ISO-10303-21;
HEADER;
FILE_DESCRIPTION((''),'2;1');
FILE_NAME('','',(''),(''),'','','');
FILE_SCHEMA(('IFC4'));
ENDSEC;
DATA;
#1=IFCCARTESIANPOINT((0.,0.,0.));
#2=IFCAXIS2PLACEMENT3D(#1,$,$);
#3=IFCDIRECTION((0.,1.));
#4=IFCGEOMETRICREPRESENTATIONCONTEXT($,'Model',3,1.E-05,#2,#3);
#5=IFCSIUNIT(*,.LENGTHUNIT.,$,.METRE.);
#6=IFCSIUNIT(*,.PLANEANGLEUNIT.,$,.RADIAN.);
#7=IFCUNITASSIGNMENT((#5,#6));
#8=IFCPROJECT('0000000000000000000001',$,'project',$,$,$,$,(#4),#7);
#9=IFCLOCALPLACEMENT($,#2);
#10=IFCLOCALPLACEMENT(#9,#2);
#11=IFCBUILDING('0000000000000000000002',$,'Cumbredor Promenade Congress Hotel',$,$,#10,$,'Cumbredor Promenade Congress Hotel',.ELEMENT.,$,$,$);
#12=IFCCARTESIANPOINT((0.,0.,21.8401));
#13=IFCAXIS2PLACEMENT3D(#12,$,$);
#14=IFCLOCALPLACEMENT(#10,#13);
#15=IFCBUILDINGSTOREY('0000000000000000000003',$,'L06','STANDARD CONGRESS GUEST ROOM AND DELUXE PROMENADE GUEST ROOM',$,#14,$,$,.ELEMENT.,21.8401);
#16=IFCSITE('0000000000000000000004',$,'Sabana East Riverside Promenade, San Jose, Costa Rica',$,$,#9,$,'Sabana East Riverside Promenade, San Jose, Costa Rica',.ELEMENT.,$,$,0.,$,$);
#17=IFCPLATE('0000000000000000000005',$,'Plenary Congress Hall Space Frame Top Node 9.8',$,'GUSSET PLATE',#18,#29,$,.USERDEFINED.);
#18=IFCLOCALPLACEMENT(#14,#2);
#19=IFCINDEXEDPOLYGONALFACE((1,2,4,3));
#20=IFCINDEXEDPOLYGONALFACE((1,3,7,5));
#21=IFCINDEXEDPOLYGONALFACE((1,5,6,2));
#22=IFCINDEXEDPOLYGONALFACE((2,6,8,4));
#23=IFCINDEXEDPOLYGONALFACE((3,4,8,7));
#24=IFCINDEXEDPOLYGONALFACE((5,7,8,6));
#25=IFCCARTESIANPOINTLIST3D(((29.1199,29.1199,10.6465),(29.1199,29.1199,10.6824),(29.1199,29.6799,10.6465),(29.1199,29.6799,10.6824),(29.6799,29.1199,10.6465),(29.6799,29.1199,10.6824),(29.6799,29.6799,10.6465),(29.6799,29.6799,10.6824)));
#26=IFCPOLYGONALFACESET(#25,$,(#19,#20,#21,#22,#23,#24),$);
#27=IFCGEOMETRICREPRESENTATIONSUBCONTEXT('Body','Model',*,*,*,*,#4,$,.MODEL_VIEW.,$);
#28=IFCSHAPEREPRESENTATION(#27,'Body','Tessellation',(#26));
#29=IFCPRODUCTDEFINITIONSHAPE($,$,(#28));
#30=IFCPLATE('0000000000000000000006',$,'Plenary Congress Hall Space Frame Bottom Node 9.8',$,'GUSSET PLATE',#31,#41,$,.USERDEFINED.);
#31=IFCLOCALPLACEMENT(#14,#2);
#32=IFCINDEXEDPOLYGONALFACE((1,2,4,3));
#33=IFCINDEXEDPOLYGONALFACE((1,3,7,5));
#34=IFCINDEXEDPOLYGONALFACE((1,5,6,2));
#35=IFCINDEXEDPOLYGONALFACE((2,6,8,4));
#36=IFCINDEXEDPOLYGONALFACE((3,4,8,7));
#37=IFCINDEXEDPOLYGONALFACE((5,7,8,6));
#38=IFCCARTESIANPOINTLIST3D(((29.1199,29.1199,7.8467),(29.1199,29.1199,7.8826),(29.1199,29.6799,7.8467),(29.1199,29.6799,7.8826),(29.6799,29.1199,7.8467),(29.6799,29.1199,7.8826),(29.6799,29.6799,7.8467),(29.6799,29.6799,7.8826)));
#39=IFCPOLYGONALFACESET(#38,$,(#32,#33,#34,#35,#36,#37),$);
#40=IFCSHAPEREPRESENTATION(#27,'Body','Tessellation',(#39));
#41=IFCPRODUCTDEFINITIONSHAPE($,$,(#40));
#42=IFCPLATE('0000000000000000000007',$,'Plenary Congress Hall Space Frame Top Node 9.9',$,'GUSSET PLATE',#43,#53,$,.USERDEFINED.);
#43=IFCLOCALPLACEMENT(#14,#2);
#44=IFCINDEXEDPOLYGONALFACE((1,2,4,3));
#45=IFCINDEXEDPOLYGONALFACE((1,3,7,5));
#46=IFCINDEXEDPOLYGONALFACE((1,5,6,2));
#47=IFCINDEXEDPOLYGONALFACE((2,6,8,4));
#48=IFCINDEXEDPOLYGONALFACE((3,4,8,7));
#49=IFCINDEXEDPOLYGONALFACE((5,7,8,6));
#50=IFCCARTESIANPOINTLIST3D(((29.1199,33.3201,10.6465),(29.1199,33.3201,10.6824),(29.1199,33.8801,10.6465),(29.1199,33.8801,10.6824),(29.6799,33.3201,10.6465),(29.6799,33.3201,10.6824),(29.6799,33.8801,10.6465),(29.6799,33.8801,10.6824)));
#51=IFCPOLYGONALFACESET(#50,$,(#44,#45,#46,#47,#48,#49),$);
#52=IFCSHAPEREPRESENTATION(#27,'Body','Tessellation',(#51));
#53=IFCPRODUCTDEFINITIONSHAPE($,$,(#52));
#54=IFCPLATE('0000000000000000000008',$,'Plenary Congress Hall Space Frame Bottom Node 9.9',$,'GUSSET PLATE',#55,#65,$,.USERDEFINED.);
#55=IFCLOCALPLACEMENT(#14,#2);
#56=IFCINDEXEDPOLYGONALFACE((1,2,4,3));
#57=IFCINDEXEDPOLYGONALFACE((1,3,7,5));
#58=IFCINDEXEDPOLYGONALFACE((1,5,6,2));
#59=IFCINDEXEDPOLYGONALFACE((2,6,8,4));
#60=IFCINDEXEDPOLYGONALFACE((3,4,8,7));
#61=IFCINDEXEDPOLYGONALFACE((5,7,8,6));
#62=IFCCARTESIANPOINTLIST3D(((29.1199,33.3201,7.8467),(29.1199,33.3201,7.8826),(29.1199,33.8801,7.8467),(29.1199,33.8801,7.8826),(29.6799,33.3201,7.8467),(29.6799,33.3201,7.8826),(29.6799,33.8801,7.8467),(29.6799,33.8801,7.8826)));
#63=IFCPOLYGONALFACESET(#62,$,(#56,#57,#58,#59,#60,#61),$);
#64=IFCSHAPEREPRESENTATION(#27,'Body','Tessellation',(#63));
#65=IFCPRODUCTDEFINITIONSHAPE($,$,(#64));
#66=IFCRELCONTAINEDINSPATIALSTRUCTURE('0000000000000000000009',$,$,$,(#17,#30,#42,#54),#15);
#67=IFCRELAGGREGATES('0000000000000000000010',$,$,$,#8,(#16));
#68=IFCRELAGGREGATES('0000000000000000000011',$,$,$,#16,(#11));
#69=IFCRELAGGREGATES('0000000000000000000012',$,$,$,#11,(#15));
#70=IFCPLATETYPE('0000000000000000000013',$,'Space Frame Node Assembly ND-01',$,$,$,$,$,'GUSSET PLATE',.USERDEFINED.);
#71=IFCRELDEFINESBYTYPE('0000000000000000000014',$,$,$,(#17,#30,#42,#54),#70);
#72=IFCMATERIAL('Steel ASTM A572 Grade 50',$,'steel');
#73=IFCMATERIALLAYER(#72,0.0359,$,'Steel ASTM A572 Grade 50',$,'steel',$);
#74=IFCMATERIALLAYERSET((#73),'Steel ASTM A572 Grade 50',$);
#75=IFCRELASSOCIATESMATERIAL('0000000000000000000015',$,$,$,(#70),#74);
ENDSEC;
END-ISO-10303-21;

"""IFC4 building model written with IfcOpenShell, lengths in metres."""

from ifc_helpers import new_model, si_unit, direction, frame, origin, origin_2d, place, context, subcontext, project, spatial, rectangle, extrude, material, layer, layer_set, type_object, element, save


model = new_model("IFC4")

# Units and contexts
model_context = context("Model", 3, precision=1e-05, world=origin(), true_north=direction((0.0, 1.0)))
body_context = subcontext(model_context, "Body", "Model", "MODEL_VIEW")
ifc_project = project(units=[si_unit("LENGTHUNIT", "METRE"), si_unit("PLANEANGLEUNIT", "RADIAN")], contexts=[model_context])

# Site, building, storey
site_placement = place(None, origin())
site = spatial("IfcSite", under=ifc_project, at=site_placement, Name="Sabana East Riverside Promenade, San Jose, Costa Rica", LongName="Sabana East Riverside Promenade, San Jose, Costa Rica", CompositionType="ELEMENT", RefElevation=0.0)
building_placement = place(site_placement, origin())
building = spatial("IfcBuilding", under=site, at=building_placement, Name="Cumbredor Promenade Congress Hotel", LongName="Cumbredor Promenade Congress Hotel", CompositionType="ELEMENT")
storey_placement = place(building_placement, frame((0.0, 0.0, 21.8401)))
storey = spatial("IfcBuildingStorey", under=building, at=storey_placement, Name="L06", Description="STANDARD CONGRESS GUEST ROOM AND DELUXE PROMENADE GUEST ROOM", CompositionType="ELEMENT", Elevation=21.8401)

# Plates
ifc_material_1 = material(Name="Steel ASTM A572 Grade 50", Category="steel")
ifc_layer = layer(ifc_material_1, 0.0359, Name="Steel ASTM A572 Grade 50", Category="steel")
ifc_layer_set = layer_set([ifc_layer], Name="Steel ASTM A572 Grade 50")
plate_type = type_object("IfcPlateType", Name="Space Frame Node Assembly ND-01", ElementType="GUSSET PLATE", PredefinedType="USERDEFINED", material=ifc_layer_set)
for number, where, z_axis, x_axis, name in (
    (1, (29.3999, 29.3999, 10.6465), (0.0, 0.0, 1.0), (1.0, 0.0, 0.0), "Plenary Congress Hall Space Frame Top Node 9.8"),
    (2, (29.3999, 29.3999, 7.8467), (0.0, 0.0, 1.0), (1.0, 0.0, 0.0), "Plenary Congress Hall Space Frame Bottom Node 9.8"),
    (3, (29.3999, 33.6001, 10.6465), (0.0, 0.0, 1.0), (1.0, 0.0, 0.0), "Plenary Congress Hall Space Frame Top Node 9.9"),
    (4, (29.3999, 33.6001, 7.8467), (0.0, 0.0, 1.0), (1.0, 0.0, 0.0), "Plenary Congress Hall Space Frame Bottom Node 9.9"),
):
    element("IfcPlate", number, at=place(storey_placement, frame(where, z_axis=z_axis, x_axis=x_axis)), inside=storey, type_object=plate_type, Name=name, ObjectType="GUSSET PLATE", PredefinedType="USERDEFINED", context=body_context, shape_type="SweptSolid", body=[
        extrude(rectangle(XDim=0.5601, YDim=0.5601, at=origin_2d()), origin(), (0.0, 0.0, 1.0), 0.0359),
    ])

save(model, "model.ifc")
